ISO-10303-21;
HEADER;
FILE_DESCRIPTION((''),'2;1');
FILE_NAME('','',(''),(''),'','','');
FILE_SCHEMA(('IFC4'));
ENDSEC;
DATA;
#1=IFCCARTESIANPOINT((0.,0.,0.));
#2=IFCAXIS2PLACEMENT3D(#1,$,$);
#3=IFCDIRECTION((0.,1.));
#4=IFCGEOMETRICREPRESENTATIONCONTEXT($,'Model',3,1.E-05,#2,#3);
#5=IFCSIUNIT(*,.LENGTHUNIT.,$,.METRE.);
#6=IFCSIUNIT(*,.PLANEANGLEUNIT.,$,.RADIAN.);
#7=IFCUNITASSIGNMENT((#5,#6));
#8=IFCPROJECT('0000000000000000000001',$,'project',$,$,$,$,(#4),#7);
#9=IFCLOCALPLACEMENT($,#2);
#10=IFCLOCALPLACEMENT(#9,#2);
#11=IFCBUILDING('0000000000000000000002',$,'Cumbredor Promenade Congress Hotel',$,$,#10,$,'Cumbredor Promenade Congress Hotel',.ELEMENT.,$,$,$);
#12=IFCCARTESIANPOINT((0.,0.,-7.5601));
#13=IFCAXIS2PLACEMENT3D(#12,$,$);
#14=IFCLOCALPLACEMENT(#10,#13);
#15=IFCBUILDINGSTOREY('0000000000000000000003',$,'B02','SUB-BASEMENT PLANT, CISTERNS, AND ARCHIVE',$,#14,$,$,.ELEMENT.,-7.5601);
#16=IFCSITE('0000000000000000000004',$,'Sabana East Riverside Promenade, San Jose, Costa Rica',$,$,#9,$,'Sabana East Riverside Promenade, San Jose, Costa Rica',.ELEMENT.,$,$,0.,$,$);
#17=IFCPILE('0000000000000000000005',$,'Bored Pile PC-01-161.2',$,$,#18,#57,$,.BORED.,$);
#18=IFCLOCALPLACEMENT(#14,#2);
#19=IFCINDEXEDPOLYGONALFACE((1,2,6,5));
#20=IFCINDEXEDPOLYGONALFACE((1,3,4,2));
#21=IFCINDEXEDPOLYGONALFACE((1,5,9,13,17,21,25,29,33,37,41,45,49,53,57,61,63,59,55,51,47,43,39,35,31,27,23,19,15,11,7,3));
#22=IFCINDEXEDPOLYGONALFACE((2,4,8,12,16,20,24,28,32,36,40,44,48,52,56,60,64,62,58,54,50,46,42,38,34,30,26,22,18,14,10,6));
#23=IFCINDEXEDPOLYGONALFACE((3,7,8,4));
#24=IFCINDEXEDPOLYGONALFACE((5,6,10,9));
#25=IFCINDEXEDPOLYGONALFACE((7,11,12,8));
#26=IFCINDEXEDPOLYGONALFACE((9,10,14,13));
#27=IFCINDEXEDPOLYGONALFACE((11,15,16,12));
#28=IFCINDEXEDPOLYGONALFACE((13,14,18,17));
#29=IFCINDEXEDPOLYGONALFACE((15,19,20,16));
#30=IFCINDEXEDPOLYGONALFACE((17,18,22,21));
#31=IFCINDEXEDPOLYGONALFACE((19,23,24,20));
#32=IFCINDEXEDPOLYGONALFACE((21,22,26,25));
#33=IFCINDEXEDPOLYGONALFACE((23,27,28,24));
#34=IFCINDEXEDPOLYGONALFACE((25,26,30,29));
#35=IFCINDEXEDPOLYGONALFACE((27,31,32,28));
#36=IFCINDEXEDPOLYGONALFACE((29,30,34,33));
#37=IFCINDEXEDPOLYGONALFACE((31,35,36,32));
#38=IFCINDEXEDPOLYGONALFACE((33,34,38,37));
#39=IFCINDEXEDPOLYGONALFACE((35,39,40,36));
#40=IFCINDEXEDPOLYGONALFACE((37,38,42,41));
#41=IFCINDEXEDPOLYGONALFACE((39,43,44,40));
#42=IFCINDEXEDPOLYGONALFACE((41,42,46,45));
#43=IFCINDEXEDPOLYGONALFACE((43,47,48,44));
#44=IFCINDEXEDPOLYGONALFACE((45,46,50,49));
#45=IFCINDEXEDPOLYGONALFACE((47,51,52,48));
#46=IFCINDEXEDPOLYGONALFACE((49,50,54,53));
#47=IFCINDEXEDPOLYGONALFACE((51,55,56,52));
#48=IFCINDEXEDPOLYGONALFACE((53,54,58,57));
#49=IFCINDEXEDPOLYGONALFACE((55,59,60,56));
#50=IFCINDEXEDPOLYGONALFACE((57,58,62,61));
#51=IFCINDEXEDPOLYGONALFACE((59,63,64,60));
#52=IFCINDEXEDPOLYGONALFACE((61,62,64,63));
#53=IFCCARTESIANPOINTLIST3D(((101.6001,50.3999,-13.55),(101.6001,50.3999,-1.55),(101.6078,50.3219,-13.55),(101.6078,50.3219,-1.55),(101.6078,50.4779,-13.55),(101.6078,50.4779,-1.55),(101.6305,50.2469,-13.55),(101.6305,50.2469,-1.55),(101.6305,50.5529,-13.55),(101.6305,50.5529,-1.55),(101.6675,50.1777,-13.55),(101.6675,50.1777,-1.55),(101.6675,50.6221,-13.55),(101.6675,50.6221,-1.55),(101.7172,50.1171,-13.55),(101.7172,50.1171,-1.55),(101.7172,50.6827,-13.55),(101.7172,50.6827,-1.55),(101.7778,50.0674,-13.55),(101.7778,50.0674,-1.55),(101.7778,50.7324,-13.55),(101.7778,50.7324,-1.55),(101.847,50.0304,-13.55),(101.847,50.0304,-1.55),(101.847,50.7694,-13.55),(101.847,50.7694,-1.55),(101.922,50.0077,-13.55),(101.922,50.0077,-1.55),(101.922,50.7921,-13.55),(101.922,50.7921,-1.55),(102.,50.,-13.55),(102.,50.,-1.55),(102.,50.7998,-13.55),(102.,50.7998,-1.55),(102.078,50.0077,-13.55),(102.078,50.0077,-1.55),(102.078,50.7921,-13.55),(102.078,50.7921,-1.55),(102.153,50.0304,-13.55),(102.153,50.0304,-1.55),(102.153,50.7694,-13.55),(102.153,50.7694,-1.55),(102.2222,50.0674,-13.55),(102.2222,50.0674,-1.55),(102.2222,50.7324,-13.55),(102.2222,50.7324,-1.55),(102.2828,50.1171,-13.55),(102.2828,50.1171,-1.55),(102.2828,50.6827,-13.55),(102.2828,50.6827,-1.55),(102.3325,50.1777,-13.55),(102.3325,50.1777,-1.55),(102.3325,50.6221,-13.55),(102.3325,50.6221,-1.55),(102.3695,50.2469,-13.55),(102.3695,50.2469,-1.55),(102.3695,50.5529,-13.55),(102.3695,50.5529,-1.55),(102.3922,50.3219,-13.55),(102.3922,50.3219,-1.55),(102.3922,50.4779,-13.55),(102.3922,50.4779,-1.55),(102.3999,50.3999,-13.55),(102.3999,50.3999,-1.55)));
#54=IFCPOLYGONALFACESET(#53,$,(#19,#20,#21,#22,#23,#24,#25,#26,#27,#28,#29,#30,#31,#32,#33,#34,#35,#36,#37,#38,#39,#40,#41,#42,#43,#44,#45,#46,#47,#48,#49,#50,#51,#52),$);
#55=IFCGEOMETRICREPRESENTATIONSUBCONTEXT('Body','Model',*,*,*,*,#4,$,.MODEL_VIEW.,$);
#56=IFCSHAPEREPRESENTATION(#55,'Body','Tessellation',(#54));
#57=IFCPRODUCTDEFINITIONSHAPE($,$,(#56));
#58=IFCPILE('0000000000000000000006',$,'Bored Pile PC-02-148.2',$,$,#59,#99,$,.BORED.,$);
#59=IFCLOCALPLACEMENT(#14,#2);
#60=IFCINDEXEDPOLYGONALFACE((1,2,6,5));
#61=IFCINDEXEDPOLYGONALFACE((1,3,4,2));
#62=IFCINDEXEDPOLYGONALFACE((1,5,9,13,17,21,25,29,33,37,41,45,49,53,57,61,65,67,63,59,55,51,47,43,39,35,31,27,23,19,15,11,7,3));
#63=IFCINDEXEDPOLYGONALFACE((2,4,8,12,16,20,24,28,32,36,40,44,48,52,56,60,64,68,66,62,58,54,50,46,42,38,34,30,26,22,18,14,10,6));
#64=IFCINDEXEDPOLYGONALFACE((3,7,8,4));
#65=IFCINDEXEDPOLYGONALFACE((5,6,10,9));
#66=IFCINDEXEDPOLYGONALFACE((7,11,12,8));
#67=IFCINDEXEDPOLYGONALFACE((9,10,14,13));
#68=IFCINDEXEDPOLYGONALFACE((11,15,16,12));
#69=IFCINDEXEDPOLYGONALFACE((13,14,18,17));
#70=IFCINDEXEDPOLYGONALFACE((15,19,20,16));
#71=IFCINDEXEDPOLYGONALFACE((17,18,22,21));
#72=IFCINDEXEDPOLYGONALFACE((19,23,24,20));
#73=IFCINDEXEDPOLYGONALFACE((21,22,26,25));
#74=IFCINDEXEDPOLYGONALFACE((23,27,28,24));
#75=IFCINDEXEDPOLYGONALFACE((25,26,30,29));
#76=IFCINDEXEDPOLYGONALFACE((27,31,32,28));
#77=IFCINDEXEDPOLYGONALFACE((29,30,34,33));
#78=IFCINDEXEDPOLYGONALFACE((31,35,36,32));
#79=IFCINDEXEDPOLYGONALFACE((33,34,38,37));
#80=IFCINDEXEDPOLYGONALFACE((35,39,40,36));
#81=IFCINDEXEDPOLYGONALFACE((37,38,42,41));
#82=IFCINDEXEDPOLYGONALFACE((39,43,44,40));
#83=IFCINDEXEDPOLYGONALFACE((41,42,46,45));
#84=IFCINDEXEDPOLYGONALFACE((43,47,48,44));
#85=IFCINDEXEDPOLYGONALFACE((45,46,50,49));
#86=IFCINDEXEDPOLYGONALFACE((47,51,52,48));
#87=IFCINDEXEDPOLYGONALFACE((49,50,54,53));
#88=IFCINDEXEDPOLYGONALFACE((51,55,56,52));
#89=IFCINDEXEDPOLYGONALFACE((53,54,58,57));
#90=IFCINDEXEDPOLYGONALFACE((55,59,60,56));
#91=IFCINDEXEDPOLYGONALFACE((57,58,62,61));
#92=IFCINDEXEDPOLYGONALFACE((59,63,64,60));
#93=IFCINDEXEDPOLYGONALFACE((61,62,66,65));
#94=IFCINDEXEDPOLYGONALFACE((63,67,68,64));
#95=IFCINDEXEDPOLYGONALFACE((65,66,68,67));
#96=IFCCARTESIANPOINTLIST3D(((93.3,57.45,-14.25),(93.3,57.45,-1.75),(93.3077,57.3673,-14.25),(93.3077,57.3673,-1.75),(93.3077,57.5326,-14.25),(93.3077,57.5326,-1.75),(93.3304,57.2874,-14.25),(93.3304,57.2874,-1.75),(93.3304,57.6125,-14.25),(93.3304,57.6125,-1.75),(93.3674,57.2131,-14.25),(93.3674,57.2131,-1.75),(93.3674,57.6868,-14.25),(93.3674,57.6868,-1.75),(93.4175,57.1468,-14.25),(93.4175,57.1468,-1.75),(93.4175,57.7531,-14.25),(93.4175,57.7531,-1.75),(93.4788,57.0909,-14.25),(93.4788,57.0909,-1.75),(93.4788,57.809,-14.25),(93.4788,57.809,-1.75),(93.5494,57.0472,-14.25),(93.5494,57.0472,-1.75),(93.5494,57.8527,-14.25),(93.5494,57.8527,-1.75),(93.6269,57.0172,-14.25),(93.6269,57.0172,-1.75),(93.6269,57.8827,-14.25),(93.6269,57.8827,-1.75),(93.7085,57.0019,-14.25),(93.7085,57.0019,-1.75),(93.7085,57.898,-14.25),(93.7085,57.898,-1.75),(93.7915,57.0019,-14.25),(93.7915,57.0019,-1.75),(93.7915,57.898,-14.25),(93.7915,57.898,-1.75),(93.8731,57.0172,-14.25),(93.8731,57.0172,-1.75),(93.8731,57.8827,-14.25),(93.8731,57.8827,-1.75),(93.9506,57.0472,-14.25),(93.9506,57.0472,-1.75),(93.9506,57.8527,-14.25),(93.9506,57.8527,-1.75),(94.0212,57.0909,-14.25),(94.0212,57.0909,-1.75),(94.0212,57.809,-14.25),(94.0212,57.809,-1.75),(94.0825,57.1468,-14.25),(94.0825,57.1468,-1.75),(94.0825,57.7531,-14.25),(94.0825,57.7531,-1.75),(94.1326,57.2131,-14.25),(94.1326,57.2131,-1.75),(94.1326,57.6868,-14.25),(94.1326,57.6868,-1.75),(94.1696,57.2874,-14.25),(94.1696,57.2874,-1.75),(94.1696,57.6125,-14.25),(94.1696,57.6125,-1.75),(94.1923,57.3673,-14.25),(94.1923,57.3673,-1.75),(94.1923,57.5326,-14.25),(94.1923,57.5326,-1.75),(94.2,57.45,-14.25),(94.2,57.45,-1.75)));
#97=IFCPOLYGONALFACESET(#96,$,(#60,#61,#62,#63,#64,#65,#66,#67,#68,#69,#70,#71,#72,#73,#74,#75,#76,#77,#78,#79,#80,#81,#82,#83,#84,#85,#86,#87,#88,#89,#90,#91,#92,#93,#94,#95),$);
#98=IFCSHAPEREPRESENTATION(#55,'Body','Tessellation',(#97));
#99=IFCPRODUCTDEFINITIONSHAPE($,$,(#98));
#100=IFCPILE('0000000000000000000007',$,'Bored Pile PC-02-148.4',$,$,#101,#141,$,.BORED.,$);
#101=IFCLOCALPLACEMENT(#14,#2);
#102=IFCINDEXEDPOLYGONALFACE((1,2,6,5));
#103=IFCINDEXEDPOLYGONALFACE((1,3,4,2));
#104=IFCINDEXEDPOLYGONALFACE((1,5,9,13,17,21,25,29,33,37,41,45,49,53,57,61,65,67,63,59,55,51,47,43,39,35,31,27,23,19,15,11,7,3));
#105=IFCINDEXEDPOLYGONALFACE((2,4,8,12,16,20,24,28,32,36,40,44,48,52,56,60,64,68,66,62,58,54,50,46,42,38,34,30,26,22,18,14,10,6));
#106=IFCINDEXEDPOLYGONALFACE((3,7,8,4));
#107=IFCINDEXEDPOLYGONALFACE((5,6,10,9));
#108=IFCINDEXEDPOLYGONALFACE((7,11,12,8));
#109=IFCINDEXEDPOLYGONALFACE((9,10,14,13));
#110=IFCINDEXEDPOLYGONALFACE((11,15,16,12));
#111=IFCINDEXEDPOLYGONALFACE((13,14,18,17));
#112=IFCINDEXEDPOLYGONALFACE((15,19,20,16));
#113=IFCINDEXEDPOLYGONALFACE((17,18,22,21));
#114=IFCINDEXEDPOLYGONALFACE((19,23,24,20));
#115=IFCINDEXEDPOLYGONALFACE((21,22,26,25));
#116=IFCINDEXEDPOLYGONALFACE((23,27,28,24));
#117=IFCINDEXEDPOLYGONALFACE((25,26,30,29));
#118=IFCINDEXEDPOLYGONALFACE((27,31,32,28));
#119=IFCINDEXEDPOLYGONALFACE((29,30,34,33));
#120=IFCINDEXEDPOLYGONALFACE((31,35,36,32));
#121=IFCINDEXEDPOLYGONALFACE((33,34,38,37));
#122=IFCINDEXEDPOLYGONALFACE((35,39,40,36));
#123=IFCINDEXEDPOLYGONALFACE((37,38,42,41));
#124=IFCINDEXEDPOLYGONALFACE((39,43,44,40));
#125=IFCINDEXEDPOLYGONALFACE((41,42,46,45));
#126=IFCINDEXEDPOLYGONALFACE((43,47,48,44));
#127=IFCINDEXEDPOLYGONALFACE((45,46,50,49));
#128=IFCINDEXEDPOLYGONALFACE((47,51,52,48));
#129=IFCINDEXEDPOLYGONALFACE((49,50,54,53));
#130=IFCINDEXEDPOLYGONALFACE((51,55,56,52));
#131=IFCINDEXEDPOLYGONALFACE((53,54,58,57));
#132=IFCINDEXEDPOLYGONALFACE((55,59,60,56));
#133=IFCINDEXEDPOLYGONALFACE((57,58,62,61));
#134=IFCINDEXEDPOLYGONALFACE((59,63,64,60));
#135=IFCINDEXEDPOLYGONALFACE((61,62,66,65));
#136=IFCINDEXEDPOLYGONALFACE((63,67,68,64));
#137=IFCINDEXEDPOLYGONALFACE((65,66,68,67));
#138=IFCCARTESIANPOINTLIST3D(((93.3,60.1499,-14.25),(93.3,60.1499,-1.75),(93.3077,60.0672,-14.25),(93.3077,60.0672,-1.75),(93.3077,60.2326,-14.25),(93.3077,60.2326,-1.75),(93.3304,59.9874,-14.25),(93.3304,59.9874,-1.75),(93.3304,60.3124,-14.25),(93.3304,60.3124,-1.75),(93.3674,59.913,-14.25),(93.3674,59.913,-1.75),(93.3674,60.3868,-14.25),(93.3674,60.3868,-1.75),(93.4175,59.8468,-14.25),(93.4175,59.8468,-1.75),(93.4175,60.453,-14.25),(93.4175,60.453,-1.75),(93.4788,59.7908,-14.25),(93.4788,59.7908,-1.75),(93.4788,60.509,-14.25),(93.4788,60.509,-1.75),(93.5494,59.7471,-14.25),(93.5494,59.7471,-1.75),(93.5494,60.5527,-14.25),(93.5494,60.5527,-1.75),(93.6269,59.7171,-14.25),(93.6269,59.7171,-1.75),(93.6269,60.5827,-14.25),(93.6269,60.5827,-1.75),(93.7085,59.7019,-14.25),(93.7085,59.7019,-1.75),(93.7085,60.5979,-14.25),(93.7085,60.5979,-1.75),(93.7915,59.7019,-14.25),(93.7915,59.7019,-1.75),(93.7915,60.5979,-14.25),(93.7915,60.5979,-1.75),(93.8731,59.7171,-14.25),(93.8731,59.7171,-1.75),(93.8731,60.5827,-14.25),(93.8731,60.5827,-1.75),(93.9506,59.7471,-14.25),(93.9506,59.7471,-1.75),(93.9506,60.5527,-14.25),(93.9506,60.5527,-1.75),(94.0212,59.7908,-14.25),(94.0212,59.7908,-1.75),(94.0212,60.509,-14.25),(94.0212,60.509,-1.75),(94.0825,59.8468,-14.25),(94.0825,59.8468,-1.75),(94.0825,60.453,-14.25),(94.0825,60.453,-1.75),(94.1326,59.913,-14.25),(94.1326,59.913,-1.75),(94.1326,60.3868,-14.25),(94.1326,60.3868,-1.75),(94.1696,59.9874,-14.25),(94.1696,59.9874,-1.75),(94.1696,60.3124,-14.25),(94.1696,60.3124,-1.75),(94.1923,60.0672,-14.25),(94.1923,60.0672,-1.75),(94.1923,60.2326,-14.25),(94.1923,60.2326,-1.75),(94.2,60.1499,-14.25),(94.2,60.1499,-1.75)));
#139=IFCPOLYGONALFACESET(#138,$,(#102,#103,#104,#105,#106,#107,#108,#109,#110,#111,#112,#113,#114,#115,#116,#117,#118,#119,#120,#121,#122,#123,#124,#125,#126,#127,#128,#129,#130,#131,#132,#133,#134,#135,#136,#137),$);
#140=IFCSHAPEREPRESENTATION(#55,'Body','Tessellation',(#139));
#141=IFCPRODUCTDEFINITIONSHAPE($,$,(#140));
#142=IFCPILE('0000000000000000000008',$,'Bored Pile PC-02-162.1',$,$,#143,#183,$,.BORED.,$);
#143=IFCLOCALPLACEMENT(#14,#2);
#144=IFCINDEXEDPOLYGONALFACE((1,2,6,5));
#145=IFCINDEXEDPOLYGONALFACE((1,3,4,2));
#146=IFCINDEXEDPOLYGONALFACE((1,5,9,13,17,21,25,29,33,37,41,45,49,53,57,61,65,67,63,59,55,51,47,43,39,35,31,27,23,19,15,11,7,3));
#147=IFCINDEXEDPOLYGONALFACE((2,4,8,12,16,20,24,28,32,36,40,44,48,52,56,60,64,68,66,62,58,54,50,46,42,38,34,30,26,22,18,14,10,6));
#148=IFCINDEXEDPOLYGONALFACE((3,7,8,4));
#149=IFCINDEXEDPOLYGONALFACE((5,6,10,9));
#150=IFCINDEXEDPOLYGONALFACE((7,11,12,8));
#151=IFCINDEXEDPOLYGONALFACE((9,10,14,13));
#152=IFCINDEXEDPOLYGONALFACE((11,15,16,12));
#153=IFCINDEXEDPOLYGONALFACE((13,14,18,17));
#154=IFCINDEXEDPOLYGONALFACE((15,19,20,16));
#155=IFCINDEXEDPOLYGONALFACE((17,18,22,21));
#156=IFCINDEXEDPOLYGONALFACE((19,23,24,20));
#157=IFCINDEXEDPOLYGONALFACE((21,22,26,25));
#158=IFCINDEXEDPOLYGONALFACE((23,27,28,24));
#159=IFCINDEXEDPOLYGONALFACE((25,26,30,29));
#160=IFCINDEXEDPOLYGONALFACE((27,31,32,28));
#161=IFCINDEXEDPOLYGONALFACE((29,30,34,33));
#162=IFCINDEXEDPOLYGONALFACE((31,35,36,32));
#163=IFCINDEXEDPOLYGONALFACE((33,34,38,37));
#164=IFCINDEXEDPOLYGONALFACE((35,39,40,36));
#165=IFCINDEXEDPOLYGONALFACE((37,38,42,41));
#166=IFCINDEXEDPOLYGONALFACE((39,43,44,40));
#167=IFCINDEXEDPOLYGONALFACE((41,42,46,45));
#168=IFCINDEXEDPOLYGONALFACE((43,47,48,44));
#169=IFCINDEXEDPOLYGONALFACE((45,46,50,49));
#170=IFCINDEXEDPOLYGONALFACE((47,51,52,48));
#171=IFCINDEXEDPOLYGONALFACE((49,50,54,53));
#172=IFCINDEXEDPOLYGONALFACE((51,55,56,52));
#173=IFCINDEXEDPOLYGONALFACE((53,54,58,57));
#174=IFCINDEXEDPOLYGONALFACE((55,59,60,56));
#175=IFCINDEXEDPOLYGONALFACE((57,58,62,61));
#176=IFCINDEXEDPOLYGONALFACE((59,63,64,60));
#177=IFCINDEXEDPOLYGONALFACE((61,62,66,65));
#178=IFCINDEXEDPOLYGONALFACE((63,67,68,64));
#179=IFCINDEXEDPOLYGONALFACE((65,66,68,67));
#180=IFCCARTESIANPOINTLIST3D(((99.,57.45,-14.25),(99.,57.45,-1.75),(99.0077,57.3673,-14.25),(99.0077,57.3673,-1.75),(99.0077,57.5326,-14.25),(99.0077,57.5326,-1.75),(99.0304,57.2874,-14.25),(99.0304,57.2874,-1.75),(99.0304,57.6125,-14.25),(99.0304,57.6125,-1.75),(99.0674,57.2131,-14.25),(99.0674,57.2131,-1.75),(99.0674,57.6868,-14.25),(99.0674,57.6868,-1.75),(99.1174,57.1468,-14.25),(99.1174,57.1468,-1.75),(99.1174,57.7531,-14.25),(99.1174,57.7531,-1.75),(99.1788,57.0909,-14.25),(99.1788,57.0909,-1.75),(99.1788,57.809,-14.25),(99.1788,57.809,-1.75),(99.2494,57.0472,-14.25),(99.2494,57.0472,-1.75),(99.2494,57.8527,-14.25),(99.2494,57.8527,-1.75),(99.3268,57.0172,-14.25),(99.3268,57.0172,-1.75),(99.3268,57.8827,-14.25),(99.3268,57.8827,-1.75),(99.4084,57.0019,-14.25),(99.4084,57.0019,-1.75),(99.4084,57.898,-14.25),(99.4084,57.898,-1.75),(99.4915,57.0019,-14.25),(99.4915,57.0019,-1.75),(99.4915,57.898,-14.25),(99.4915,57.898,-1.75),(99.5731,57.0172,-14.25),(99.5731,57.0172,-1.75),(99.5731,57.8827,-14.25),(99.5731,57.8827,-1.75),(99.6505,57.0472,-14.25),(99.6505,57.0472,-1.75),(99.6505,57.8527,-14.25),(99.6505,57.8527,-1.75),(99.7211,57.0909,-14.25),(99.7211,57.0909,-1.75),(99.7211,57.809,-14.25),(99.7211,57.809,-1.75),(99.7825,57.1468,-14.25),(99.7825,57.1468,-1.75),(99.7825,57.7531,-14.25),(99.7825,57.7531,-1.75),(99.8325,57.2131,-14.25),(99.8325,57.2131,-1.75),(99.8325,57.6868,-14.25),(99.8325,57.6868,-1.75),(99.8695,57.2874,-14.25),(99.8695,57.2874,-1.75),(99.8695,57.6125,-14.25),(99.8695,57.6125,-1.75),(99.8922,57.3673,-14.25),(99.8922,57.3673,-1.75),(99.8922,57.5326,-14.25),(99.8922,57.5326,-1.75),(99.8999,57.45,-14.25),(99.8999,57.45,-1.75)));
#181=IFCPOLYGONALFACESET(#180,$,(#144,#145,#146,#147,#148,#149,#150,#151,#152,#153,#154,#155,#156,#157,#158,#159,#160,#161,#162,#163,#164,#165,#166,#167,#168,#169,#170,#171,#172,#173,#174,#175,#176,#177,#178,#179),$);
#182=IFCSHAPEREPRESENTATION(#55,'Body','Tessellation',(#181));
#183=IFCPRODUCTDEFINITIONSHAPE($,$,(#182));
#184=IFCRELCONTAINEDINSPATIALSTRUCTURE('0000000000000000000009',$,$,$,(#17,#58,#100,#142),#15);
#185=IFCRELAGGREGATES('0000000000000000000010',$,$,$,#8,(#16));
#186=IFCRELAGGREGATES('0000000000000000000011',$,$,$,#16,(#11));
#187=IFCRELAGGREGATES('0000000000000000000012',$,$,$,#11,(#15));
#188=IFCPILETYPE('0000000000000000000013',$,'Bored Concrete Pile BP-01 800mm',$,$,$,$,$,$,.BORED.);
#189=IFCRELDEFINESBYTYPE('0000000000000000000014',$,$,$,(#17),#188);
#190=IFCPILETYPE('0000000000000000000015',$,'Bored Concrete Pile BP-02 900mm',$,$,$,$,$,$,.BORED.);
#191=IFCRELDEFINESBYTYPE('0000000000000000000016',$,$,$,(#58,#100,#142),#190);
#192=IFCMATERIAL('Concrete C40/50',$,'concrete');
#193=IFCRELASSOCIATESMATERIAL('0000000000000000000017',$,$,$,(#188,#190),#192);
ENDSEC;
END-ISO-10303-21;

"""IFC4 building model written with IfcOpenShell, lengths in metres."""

from ifc_helpers import new_model, si_unit, direction, frame, origin, origin_2d, place, context, subcontext, project, spatial, circle, extrude, material, material_profile, profile_set, type_object, element, save


model = new_model("IFC4")

# Units and contexts
model_context = context("Model", 3, precision=1e-05, world=origin(), true_north=direction((0.0, 1.0)))
body_context = subcontext(model_context, "Body", "Model", "MODEL_VIEW")
ifc_project = project(units=[si_unit("LENGTHUNIT", "METRE"), si_unit("PLANEANGLEUNIT", "RADIAN")], contexts=[model_context])

# Site, building, storey
site_placement = place(None, origin())
site = spatial("IfcSite", under=ifc_project, at=site_placement, Name="Sabana East Riverside Promenade, San Jose, Costa Rica", LongName="Sabana East Riverside Promenade, San Jose, Costa Rica", CompositionType="ELEMENT", RefElevation=0.0)
building_placement = place(site_placement, origin())
building = spatial("IfcBuilding", under=site, at=building_placement, Name="Cumbredor Promenade Congress Hotel", LongName="Cumbredor Promenade Congress Hotel", CompositionType="ELEMENT")
storey_placement = place(building_placement, frame((0.0, 0.0, -7.5601)))
storey = spatial("IfcBuildingStorey", under=building, at=storey_placement, Name="B02", Description="SUB-BASEMENT PLANT, CISTERNS, AND ARCHIVE", CompositionType="ELEMENT", Elevation=-7.5601)

# Piles
ifc_material_1 = material(Name="Concrete C40/50", Category="concrete")
ifc_material_profile_1 = material_profile(ifc_material_1, circle(Radius=0.3999, at=origin_2d()), Name="PILE D800")
ifc_profile_set_1 = profile_set([ifc_material_profile_1], Name="Concrete C40/50")
pile_type_1 = type_object("IfcPileType", Name="Bored Concrete Pile BP-01 800mm", PredefinedType="BORED", material=ifc_profile_set_1)
pile_placement = place(storey_placement, frame((102.0, 50.3999, -1.55), z_axis=(0.0, 0.0, -1.0), x_axis=(1.0, 0.0, 0.0)))
element("IfcPile", 1, at=pile_placement, inside=storey, type_object=pile_type_1, Name="Bored Pile PC-01-161.2", PredefinedType="BORED", context=body_context, shape_type="SweptSolid", body=[
    extrude(circle(Radius=0.3999, at=origin_2d()), origin(), (0.0, 0.0, 1.0), 12.0),
])
ifc_material_profile_2 = material_profile(ifc_material_1, circle(Radius=0.45, at=origin_2d()), Name="PILE D900")
ifc_profile_set_2 = profile_set([ifc_material_profile_2], Name="Concrete C40/50")
pile_type_2 = type_object("IfcPileType", Name="Bored Concrete Pile BP-02 900mm", PredefinedType="BORED", material=ifc_profile_set_2)
for number, where, z_axis, x_axis, name in (
    (2, (93.75, 57.45, -1.75), (0.0, 0.0, -1.0), (1.0, 0.0, 0.0), "Bored Pile PC-02-148.2"),
    (3, (93.75, 60.1499, -1.75), (0.0, 0.0, -1.0), (1.0, 0.0, 0.0), "Bored Pile PC-02-148.4"),
    (4, (99.45, 57.45, -1.75), (0.0, 0.0, -1.0), (1.0, 0.0, 0.0), "Bored Pile PC-02-162.1"),
):
    element("IfcPile", number, at=place(storey_placement, frame(where, z_axis=z_axis, x_axis=x_axis)), inside=storey, type_object=pile_type_2, Name=name, PredefinedType="BORED", context=body_context, shape_type="SweptSolid", body=[
        extrude(circle(Radius=0.45, at=origin_2d()), origin(), (0.0, 0.0, 1.0), 12.5),
    ])

save(model, "model.ifc")
